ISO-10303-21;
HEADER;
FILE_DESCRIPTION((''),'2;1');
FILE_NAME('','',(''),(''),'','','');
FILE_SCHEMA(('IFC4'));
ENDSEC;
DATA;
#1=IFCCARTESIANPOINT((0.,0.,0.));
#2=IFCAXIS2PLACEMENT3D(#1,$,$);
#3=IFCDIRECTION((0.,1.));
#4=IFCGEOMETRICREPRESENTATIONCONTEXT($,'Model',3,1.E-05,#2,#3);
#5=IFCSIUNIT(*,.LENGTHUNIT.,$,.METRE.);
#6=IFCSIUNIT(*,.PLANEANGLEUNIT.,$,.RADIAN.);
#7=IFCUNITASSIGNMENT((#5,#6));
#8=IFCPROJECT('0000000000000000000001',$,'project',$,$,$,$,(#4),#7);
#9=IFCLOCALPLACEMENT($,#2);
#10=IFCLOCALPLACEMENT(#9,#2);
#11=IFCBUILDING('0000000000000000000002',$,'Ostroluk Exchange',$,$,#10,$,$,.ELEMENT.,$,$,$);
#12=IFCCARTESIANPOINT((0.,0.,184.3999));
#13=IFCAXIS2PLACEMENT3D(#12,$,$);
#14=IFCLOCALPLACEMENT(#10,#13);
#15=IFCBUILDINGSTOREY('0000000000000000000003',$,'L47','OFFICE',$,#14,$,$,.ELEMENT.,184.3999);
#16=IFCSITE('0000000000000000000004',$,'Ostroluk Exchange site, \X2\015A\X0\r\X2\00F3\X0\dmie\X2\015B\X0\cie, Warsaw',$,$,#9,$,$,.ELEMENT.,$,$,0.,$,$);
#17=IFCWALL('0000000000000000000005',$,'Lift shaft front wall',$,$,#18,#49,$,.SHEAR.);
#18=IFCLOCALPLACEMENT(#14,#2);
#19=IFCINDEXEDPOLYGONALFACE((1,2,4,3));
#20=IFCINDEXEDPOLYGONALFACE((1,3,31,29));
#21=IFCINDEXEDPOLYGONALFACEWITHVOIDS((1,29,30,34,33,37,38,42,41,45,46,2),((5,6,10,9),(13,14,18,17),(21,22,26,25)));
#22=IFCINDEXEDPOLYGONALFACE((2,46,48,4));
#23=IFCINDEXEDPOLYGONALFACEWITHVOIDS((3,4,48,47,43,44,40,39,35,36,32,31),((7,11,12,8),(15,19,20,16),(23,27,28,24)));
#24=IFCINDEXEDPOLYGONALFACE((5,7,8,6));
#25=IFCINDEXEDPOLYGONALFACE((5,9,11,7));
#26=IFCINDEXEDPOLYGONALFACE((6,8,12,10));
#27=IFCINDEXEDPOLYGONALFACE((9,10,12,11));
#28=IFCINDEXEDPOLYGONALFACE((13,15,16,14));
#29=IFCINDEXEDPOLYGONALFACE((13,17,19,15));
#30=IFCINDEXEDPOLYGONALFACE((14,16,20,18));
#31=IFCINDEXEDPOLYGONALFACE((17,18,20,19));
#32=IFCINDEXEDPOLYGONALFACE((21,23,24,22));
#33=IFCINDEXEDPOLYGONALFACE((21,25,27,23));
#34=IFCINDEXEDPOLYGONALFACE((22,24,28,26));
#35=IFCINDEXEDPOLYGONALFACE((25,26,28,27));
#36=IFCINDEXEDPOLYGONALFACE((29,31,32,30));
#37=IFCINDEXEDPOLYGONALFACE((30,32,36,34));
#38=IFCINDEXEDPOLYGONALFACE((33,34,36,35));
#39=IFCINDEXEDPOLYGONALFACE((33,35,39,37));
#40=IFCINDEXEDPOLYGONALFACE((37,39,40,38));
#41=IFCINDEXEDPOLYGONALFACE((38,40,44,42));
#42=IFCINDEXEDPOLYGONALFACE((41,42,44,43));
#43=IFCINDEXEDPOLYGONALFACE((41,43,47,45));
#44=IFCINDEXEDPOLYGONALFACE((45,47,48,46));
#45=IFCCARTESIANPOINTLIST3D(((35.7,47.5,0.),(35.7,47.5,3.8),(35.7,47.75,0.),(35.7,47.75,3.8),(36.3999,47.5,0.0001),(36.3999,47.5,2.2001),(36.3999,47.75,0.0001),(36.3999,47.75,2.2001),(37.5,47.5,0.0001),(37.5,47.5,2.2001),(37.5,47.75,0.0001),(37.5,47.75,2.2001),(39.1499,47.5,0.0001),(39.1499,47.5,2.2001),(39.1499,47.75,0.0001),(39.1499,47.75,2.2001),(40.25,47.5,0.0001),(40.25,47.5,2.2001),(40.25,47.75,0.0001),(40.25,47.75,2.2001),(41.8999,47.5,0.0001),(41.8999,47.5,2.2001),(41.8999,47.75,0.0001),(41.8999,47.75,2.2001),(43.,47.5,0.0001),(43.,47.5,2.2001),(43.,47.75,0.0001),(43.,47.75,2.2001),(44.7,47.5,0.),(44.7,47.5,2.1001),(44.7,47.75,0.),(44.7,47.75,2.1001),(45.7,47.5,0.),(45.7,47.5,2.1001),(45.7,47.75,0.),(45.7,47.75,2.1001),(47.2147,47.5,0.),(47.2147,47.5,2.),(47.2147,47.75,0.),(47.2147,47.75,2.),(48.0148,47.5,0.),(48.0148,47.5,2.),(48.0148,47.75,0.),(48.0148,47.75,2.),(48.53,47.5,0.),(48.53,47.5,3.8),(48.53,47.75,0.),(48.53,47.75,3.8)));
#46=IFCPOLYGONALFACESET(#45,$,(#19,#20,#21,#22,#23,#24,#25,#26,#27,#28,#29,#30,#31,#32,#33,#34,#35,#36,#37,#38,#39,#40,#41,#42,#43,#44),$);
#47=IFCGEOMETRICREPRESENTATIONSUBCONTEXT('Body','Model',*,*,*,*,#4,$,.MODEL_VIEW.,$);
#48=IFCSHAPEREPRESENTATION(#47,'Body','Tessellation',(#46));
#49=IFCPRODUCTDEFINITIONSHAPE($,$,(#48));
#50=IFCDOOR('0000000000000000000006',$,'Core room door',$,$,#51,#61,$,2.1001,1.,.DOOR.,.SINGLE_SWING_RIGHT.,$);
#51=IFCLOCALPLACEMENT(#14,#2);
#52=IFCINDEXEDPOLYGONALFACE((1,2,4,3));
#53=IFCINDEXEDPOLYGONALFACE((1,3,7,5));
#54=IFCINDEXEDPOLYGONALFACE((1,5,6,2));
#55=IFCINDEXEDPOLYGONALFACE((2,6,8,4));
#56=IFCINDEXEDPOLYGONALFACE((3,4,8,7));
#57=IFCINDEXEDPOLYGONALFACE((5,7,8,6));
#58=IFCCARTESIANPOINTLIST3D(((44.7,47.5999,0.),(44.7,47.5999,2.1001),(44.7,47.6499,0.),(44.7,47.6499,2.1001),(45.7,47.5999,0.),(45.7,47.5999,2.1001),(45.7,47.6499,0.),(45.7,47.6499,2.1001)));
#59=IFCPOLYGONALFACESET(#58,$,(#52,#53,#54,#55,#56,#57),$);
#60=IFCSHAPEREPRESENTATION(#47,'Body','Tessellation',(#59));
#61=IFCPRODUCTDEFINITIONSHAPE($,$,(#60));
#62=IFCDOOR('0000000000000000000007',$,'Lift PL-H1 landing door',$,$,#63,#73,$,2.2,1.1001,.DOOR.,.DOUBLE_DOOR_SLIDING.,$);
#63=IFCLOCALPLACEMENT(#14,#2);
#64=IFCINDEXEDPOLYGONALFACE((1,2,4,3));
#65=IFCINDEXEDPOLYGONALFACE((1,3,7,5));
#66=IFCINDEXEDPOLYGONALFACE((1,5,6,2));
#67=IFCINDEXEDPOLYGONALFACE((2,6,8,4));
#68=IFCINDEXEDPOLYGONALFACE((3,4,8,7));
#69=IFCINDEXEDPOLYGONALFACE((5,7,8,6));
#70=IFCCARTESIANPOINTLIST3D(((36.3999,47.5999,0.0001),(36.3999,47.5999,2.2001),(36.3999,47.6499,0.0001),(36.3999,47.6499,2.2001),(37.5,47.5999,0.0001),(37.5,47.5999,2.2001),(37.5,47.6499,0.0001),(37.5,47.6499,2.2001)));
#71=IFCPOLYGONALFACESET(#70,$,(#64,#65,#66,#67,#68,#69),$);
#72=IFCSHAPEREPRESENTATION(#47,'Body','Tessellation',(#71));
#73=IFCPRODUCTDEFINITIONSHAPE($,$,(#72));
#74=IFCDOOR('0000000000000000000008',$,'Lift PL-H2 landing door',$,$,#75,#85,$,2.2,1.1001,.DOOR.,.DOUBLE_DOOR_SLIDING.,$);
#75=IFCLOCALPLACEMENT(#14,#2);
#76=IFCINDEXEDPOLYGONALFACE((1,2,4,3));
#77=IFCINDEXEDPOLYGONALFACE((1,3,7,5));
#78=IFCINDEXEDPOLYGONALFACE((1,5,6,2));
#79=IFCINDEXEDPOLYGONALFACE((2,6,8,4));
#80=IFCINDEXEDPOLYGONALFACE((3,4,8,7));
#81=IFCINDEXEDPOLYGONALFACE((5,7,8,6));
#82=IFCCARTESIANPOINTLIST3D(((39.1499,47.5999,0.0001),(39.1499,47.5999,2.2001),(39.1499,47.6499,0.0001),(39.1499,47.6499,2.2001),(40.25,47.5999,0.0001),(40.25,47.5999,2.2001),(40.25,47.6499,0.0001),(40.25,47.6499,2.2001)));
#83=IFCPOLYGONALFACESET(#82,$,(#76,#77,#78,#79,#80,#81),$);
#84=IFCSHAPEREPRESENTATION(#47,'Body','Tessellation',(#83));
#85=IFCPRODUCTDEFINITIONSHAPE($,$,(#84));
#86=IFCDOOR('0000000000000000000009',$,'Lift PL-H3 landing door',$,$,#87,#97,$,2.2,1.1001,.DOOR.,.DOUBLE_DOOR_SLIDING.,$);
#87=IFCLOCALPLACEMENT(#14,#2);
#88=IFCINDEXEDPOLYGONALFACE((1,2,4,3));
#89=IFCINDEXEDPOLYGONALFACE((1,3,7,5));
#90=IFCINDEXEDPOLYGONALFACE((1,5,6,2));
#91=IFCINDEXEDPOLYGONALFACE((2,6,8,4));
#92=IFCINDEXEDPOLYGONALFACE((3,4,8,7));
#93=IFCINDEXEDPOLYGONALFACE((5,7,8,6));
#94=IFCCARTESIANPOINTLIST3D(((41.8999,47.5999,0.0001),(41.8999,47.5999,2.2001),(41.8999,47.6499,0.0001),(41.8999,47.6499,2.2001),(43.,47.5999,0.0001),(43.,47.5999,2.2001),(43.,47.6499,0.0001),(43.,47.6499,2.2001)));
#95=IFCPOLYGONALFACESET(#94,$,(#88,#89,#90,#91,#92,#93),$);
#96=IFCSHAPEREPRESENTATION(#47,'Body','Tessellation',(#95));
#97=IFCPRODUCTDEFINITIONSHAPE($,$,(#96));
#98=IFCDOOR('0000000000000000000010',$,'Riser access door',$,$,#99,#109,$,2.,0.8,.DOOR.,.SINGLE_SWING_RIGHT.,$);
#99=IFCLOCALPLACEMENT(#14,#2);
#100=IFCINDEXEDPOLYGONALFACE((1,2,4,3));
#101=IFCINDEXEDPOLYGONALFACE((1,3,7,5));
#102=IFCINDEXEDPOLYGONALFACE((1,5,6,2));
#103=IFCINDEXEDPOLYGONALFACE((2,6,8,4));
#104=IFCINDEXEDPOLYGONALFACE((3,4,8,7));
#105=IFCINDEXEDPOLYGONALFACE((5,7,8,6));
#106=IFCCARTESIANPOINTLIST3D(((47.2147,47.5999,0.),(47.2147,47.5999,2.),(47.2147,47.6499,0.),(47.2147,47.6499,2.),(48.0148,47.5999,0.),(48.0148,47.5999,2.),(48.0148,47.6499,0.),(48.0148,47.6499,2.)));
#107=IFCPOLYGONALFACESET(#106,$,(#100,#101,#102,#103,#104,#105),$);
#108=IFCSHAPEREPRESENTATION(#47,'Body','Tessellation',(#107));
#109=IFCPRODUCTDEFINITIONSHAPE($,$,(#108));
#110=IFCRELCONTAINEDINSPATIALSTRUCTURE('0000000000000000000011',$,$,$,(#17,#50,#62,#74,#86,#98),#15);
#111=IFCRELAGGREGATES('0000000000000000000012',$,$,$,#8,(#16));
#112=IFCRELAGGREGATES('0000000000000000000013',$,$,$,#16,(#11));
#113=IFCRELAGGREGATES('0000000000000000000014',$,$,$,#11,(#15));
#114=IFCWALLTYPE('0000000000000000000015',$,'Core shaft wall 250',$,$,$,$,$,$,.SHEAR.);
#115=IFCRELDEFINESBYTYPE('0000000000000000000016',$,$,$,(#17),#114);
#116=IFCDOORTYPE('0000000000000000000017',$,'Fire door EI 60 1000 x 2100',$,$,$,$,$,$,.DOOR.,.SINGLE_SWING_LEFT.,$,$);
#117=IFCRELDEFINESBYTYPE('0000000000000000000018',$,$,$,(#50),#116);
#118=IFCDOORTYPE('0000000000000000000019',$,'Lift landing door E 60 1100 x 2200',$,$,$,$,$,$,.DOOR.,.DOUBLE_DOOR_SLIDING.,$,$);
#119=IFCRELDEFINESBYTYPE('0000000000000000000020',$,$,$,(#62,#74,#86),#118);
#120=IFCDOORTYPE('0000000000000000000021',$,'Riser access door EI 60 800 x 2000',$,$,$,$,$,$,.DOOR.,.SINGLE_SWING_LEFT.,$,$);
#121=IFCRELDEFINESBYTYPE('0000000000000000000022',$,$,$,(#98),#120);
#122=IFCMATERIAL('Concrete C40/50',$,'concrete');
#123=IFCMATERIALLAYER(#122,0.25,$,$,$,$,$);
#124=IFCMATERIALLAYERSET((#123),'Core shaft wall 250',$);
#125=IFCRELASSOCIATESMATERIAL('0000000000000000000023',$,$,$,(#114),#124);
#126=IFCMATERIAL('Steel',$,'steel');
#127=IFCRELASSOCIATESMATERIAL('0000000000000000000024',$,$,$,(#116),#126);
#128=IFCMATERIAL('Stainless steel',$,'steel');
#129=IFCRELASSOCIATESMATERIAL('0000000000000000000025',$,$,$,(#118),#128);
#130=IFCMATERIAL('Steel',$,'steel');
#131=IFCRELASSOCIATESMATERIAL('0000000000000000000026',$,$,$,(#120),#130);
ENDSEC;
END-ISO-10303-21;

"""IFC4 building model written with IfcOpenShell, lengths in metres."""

from ifc_helpers import new_model, si_unit, direction, frame, frame_2d, origin, place, context, subcontext, project, spatial, rectangle, extrude, material, layer, layer_set, type_object, element, fill, save


model = new_model("IFC4")

# Units and contexts
model_context = context("Model", 3, precision=1e-05, world=origin(), true_north=direction((0.0, 1.0)))
body_context = subcontext(model_context, "Body", "Model", "MODEL_VIEW")
ifc_project = project(units=[si_unit("LENGTHUNIT", "METRE"), si_unit("PLANEANGLEUNIT", "RADIAN")], contexts=[model_context])

# Site, building, storey
site_placement = place(None, origin())
site = spatial("IfcSite", under=ifc_project, at=site_placement, Name="Ostroluk Exchange site, Śródmieście, Warsaw", CompositionType="ELEMENT", RefElevation=0.0)
building_placement = place(site_placement, origin())
building = spatial("IfcBuilding", under=site, at=building_placement, Name="Ostroluk Exchange", CompositionType="ELEMENT")
storey_placement = place(building_placement, frame((0.0, 0.0, 184.3999)))
storey = spatial("IfcBuildingStorey", under=building, at=storey_placement, Name="L47", Description="OFFICE", CompositionType="ELEMENT", Elevation=184.3999)

# Shared definitions
ifc_material_1 = material(Name="Concrete C40/50", Category="concrete")
ifc_layer_1 = layer(ifc_material_1, 0.25)
ifc_layer_set_1 = layer_set([ifc_layer_1], Name="Core shaft wall 250")
wall_type_1 = type_object("IfcWallType", Name="Core shaft wall 250", PredefinedType="SHEAR", material=ifc_layer_set_1)

# Wall, openings, doors
wall_1_placement = place(storey_placement, frame((35.7, 47.625, 0.0), z_axis=(0.0, 0.0, 1.0), x_axis=(1.0, 0.0, 0.0)))
wall_1 = element("IfcWall", 1, at=wall_1_placement, inside=storey, type_object=wall_type_1, Name="Lift shaft front wall", PredefinedType="SHEAR", context=body_context, shape_type="SweptSolid", body=[
    extrude(rectangle(XDim=12.8301, YDim=0.25, at=frame_2d((6.415, 0.0))), origin(), (0.0, 0.0, 1.0), 3.8),
])
opening_1_placement = place(wall_1_placement, frame((0.7, 0.0, 0.0)))
opening_1 = element("IfcOpeningElement", 2, at=opening_1_placement, cuts=wall_1, PredefinedType="OPENING", context=body_context, shape_type="SweptSolid", body=[
    extrude(rectangle(XDim=1.1001, YDim=2.2, at=frame_2d((0.55, 1.1001))), frame((0.0, 0.135, 0.0), z_axis=(0.0, -1.0, 0.0), x_axis=(1.0, 0.0, 0.0)), (0.0, 0.0, 1.0), 0.27),
])
opening_2_placement = place(wall_1_placement, frame((3.45, 0.0, 0.0)))
opening_2 = element("IfcOpeningElement", 3, at=opening_2_placement, cuts=wall_1, PredefinedType="OPENING", context=body_context, shape_type="SweptSolid", body=[
    extrude(rectangle(XDim=1.1001, YDim=2.2, at=frame_2d((0.55, 1.1001))), frame((0.0, 0.135, 0.0), z_axis=(0.0, -1.0, 0.0), x_axis=(1.0, 0.0, 0.0)), (0.0, 0.0, 1.0), 0.27),
])
opening_3_placement = place(wall_1_placement, frame((6.2, 0.0, 0.0)))
opening_3 = element("IfcOpeningElement", 4, at=opening_3_placement, cuts=wall_1, PredefinedType="OPENING", context=body_context, shape_type="SweptSolid", body=[
    extrude(rectangle(XDim=1.1001, YDim=2.2, at=frame_2d((0.55, 1.1001))), frame((0.0, 0.135, 0.0), z_axis=(0.0, -1.0, 0.0), x_axis=(1.0, 0.0, 0.0)), (0.0, 0.0, 1.0), 0.27),
])
opening_4_placement = place(wall_1_placement, frame((9.0, 0.0, 0.0)))
opening_4 = element("IfcOpeningElement", 5, at=opening_4_placement, cuts=wall_1, PredefinedType="OPENING", context=body_context, shape_type="SweptSolid", body=[
    extrude(rectangle(XDim=1.0, YDim=2.1001, at=frame_2d((0.5, 1.05))), frame((0.0, 0.135, 0.0), z_axis=(0.0, -1.0, 0.0), x_axis=(1.0, 0.0, 0.0)), (0.0, 0.0, 1.0), 0.27),
])
opening_5_placement = place(wall_1_placement, frame((11.5149, 0.0, 0.0)))
opening_5 = element("IfcOpeningElement", 6, at=opening_5_placement, cuts=wall_1, PredefinedType="OPENING", context=body_context, shape_type="SweptSolid", body=[
    extrude(rectangle(XDim=0.8, YDim=2.0, at=frame_2d((0.3999, 1.0))), frame((0.0, 0.135, 0.0), z_axis=(0.0, -1.0, 0.0), x_axis=(1.0, 0.0, 0.0)), (0.0, 0.0, 1.0), 0.27),
])
ifc_material_2 = material(Name="Steel", Category="steel")
door_type_1 = type_object("IfcDoorType", Name="Fire door EI 60 1000 x 2100", OperationType="SINGLE_SWING_LEFT", PredefinedType="DOOR", material=ifc_material_2)
door_1_placement = place(opening_4_placement, origin())
door_1 = element("IfcDoor", 7, at=door_1_placement, inside=storey, type_object=door_type_1, Name="Core room door", OperationType="SINGLE_SWING_RIGHT", OverallHeight=2.1001, OverallWidth=1.0, PredefinedType="DOOR", context=body_context, shape_type="SweptSolid", body=[
    extrude(rectangle(XDim=1.0, YDim=2.1001, at=frame_2d((0.5, 1.05))), frame((0.0, 0.0249, 0.0), z_axis=(0.0, -1.0, 0.0), x_axis=(1.0, 0.0, 0.0)), (0.0, 0.0, 1.0), 0.05),
])
fill(opening_4, door_1)
ifc_material_3 = material(Name="Stainless steel", Category="steel")
door_type_2 = type_object("IfcDoorType", Name="Lift landing door E 60 1100 x 2200", OperationType="DOUBLE_DOOR_SLIDING", PredefinedType="DOOR", material=ifc_material_3)
door_2_placement = place(opening_1_placement, origin())
door_2 = element("IfcDoor", 8, at=door_2_placement, inside=storey, type_object=door_type_2, Name="Lift PL-H1 landing door", OperationType="DOUBLE_DOOR_SLIDING", OverallHeight=2.2, OverallWidth=1.1001, PredefinedType="DOOR", context=body_context, shape_type="SweptSolid", body=[
    extrude(rectangle(XDim=1.1001, YDim=2.2, at=frame_2d((0.55, 1.1001))), frame((0.0, 0.0249, 0.0), z_axis=(0.0, -1.0, 0.0), x_axis=(1.0, 0.0, 0.0)), (0.0, 0.0, 1.0), 0.05),
])
fill(opening_1, door_2)
door_3_placement = place(opening_2_placement, origin())
door_3 = element("IfcDoor", 9, at=door_3_placement, inside=storey, type_object=door_type_2, Name="Lift PL-H2 landing door", OperationType="DOUBLE_DOOR_SLIDING", OverallHeight=2.2, OverallWidth=1.1001, PredefinedType="DOOR", context=body_context, shape_type="SweptSolid", body=[
    extrude(rectangle(XDim=1.1001, YDim=2.2, at=frame_2d((0.55, 1.1001))), frame((0.0, 0.0249, 0.0), z_axis=(0.0, -1.0, 0.0), x_axis=(1.0, 0.0, 0.0)), (0.0, 0.0, 1.0), 0.05),
])
fill(opening_2, door_3)
door_4_placement = place(opening_3_placement, origin())
door_4 = element("IfcDoor", 10, at=door_4_placement, inside=storey, type_object=door_type_2, Name="Lift PL-H3 landing door", OperationType="DOUBLE_DOOR_SLIDING", OverallHeight=2.2, OverallWidth=1.1001, PredefinedType="DOOR", context=body_context, shape_type="SweptSolid", body=[
    extrude(rectangle(XDim=1.1001, YDim=2.2, at=frame_2d((0.55, 1.1001))), frame((0.0, 0.0249, 0.0), z_axis=(0.0, -1.0, 0.0), x_axis=(1.0, 0.0, 0.0)), (0.0, 0.0, 1.0), 0.05),
])
fill(opening_3, door_4)
ifc_material_4 = material(Name="Steel", Category="steel")
door_type_3 = type_object("IfcDoorType", Name="Riser access door EI 60 800 x 2000", OperationType="SINGLE_SWING_LEFT", PredefinedType="DOOR", material=ifc_material_4)
door_5_placement = place(opening_5_placement, origin())
door_5 = element("IfcDoor", 11, at=door_5_placement, inside=storey, type_object=door_type_3, Name="Riser access door", OperationType="SINGLE_SWING_RIGHT", OverallHeight=2.0, OverallWidth=0.8, PredefinedType="DOOR", context=body_context, shape_type="SweptSolid", body=[
    extrude(rectangle(XDim=0.8, YDim=2.0, at=frame_2d((0.3999, 1.0))), frame((0.0, 0.0249, 0.0), z_axis=(0.0, -1.0, 0.0), x_axis=(1.0, 0.0, 0.0)), (0.0, 0.0, 1.0), 0.05),
])
fill(opening_5, door_5)

save(model, "model.ifc")
